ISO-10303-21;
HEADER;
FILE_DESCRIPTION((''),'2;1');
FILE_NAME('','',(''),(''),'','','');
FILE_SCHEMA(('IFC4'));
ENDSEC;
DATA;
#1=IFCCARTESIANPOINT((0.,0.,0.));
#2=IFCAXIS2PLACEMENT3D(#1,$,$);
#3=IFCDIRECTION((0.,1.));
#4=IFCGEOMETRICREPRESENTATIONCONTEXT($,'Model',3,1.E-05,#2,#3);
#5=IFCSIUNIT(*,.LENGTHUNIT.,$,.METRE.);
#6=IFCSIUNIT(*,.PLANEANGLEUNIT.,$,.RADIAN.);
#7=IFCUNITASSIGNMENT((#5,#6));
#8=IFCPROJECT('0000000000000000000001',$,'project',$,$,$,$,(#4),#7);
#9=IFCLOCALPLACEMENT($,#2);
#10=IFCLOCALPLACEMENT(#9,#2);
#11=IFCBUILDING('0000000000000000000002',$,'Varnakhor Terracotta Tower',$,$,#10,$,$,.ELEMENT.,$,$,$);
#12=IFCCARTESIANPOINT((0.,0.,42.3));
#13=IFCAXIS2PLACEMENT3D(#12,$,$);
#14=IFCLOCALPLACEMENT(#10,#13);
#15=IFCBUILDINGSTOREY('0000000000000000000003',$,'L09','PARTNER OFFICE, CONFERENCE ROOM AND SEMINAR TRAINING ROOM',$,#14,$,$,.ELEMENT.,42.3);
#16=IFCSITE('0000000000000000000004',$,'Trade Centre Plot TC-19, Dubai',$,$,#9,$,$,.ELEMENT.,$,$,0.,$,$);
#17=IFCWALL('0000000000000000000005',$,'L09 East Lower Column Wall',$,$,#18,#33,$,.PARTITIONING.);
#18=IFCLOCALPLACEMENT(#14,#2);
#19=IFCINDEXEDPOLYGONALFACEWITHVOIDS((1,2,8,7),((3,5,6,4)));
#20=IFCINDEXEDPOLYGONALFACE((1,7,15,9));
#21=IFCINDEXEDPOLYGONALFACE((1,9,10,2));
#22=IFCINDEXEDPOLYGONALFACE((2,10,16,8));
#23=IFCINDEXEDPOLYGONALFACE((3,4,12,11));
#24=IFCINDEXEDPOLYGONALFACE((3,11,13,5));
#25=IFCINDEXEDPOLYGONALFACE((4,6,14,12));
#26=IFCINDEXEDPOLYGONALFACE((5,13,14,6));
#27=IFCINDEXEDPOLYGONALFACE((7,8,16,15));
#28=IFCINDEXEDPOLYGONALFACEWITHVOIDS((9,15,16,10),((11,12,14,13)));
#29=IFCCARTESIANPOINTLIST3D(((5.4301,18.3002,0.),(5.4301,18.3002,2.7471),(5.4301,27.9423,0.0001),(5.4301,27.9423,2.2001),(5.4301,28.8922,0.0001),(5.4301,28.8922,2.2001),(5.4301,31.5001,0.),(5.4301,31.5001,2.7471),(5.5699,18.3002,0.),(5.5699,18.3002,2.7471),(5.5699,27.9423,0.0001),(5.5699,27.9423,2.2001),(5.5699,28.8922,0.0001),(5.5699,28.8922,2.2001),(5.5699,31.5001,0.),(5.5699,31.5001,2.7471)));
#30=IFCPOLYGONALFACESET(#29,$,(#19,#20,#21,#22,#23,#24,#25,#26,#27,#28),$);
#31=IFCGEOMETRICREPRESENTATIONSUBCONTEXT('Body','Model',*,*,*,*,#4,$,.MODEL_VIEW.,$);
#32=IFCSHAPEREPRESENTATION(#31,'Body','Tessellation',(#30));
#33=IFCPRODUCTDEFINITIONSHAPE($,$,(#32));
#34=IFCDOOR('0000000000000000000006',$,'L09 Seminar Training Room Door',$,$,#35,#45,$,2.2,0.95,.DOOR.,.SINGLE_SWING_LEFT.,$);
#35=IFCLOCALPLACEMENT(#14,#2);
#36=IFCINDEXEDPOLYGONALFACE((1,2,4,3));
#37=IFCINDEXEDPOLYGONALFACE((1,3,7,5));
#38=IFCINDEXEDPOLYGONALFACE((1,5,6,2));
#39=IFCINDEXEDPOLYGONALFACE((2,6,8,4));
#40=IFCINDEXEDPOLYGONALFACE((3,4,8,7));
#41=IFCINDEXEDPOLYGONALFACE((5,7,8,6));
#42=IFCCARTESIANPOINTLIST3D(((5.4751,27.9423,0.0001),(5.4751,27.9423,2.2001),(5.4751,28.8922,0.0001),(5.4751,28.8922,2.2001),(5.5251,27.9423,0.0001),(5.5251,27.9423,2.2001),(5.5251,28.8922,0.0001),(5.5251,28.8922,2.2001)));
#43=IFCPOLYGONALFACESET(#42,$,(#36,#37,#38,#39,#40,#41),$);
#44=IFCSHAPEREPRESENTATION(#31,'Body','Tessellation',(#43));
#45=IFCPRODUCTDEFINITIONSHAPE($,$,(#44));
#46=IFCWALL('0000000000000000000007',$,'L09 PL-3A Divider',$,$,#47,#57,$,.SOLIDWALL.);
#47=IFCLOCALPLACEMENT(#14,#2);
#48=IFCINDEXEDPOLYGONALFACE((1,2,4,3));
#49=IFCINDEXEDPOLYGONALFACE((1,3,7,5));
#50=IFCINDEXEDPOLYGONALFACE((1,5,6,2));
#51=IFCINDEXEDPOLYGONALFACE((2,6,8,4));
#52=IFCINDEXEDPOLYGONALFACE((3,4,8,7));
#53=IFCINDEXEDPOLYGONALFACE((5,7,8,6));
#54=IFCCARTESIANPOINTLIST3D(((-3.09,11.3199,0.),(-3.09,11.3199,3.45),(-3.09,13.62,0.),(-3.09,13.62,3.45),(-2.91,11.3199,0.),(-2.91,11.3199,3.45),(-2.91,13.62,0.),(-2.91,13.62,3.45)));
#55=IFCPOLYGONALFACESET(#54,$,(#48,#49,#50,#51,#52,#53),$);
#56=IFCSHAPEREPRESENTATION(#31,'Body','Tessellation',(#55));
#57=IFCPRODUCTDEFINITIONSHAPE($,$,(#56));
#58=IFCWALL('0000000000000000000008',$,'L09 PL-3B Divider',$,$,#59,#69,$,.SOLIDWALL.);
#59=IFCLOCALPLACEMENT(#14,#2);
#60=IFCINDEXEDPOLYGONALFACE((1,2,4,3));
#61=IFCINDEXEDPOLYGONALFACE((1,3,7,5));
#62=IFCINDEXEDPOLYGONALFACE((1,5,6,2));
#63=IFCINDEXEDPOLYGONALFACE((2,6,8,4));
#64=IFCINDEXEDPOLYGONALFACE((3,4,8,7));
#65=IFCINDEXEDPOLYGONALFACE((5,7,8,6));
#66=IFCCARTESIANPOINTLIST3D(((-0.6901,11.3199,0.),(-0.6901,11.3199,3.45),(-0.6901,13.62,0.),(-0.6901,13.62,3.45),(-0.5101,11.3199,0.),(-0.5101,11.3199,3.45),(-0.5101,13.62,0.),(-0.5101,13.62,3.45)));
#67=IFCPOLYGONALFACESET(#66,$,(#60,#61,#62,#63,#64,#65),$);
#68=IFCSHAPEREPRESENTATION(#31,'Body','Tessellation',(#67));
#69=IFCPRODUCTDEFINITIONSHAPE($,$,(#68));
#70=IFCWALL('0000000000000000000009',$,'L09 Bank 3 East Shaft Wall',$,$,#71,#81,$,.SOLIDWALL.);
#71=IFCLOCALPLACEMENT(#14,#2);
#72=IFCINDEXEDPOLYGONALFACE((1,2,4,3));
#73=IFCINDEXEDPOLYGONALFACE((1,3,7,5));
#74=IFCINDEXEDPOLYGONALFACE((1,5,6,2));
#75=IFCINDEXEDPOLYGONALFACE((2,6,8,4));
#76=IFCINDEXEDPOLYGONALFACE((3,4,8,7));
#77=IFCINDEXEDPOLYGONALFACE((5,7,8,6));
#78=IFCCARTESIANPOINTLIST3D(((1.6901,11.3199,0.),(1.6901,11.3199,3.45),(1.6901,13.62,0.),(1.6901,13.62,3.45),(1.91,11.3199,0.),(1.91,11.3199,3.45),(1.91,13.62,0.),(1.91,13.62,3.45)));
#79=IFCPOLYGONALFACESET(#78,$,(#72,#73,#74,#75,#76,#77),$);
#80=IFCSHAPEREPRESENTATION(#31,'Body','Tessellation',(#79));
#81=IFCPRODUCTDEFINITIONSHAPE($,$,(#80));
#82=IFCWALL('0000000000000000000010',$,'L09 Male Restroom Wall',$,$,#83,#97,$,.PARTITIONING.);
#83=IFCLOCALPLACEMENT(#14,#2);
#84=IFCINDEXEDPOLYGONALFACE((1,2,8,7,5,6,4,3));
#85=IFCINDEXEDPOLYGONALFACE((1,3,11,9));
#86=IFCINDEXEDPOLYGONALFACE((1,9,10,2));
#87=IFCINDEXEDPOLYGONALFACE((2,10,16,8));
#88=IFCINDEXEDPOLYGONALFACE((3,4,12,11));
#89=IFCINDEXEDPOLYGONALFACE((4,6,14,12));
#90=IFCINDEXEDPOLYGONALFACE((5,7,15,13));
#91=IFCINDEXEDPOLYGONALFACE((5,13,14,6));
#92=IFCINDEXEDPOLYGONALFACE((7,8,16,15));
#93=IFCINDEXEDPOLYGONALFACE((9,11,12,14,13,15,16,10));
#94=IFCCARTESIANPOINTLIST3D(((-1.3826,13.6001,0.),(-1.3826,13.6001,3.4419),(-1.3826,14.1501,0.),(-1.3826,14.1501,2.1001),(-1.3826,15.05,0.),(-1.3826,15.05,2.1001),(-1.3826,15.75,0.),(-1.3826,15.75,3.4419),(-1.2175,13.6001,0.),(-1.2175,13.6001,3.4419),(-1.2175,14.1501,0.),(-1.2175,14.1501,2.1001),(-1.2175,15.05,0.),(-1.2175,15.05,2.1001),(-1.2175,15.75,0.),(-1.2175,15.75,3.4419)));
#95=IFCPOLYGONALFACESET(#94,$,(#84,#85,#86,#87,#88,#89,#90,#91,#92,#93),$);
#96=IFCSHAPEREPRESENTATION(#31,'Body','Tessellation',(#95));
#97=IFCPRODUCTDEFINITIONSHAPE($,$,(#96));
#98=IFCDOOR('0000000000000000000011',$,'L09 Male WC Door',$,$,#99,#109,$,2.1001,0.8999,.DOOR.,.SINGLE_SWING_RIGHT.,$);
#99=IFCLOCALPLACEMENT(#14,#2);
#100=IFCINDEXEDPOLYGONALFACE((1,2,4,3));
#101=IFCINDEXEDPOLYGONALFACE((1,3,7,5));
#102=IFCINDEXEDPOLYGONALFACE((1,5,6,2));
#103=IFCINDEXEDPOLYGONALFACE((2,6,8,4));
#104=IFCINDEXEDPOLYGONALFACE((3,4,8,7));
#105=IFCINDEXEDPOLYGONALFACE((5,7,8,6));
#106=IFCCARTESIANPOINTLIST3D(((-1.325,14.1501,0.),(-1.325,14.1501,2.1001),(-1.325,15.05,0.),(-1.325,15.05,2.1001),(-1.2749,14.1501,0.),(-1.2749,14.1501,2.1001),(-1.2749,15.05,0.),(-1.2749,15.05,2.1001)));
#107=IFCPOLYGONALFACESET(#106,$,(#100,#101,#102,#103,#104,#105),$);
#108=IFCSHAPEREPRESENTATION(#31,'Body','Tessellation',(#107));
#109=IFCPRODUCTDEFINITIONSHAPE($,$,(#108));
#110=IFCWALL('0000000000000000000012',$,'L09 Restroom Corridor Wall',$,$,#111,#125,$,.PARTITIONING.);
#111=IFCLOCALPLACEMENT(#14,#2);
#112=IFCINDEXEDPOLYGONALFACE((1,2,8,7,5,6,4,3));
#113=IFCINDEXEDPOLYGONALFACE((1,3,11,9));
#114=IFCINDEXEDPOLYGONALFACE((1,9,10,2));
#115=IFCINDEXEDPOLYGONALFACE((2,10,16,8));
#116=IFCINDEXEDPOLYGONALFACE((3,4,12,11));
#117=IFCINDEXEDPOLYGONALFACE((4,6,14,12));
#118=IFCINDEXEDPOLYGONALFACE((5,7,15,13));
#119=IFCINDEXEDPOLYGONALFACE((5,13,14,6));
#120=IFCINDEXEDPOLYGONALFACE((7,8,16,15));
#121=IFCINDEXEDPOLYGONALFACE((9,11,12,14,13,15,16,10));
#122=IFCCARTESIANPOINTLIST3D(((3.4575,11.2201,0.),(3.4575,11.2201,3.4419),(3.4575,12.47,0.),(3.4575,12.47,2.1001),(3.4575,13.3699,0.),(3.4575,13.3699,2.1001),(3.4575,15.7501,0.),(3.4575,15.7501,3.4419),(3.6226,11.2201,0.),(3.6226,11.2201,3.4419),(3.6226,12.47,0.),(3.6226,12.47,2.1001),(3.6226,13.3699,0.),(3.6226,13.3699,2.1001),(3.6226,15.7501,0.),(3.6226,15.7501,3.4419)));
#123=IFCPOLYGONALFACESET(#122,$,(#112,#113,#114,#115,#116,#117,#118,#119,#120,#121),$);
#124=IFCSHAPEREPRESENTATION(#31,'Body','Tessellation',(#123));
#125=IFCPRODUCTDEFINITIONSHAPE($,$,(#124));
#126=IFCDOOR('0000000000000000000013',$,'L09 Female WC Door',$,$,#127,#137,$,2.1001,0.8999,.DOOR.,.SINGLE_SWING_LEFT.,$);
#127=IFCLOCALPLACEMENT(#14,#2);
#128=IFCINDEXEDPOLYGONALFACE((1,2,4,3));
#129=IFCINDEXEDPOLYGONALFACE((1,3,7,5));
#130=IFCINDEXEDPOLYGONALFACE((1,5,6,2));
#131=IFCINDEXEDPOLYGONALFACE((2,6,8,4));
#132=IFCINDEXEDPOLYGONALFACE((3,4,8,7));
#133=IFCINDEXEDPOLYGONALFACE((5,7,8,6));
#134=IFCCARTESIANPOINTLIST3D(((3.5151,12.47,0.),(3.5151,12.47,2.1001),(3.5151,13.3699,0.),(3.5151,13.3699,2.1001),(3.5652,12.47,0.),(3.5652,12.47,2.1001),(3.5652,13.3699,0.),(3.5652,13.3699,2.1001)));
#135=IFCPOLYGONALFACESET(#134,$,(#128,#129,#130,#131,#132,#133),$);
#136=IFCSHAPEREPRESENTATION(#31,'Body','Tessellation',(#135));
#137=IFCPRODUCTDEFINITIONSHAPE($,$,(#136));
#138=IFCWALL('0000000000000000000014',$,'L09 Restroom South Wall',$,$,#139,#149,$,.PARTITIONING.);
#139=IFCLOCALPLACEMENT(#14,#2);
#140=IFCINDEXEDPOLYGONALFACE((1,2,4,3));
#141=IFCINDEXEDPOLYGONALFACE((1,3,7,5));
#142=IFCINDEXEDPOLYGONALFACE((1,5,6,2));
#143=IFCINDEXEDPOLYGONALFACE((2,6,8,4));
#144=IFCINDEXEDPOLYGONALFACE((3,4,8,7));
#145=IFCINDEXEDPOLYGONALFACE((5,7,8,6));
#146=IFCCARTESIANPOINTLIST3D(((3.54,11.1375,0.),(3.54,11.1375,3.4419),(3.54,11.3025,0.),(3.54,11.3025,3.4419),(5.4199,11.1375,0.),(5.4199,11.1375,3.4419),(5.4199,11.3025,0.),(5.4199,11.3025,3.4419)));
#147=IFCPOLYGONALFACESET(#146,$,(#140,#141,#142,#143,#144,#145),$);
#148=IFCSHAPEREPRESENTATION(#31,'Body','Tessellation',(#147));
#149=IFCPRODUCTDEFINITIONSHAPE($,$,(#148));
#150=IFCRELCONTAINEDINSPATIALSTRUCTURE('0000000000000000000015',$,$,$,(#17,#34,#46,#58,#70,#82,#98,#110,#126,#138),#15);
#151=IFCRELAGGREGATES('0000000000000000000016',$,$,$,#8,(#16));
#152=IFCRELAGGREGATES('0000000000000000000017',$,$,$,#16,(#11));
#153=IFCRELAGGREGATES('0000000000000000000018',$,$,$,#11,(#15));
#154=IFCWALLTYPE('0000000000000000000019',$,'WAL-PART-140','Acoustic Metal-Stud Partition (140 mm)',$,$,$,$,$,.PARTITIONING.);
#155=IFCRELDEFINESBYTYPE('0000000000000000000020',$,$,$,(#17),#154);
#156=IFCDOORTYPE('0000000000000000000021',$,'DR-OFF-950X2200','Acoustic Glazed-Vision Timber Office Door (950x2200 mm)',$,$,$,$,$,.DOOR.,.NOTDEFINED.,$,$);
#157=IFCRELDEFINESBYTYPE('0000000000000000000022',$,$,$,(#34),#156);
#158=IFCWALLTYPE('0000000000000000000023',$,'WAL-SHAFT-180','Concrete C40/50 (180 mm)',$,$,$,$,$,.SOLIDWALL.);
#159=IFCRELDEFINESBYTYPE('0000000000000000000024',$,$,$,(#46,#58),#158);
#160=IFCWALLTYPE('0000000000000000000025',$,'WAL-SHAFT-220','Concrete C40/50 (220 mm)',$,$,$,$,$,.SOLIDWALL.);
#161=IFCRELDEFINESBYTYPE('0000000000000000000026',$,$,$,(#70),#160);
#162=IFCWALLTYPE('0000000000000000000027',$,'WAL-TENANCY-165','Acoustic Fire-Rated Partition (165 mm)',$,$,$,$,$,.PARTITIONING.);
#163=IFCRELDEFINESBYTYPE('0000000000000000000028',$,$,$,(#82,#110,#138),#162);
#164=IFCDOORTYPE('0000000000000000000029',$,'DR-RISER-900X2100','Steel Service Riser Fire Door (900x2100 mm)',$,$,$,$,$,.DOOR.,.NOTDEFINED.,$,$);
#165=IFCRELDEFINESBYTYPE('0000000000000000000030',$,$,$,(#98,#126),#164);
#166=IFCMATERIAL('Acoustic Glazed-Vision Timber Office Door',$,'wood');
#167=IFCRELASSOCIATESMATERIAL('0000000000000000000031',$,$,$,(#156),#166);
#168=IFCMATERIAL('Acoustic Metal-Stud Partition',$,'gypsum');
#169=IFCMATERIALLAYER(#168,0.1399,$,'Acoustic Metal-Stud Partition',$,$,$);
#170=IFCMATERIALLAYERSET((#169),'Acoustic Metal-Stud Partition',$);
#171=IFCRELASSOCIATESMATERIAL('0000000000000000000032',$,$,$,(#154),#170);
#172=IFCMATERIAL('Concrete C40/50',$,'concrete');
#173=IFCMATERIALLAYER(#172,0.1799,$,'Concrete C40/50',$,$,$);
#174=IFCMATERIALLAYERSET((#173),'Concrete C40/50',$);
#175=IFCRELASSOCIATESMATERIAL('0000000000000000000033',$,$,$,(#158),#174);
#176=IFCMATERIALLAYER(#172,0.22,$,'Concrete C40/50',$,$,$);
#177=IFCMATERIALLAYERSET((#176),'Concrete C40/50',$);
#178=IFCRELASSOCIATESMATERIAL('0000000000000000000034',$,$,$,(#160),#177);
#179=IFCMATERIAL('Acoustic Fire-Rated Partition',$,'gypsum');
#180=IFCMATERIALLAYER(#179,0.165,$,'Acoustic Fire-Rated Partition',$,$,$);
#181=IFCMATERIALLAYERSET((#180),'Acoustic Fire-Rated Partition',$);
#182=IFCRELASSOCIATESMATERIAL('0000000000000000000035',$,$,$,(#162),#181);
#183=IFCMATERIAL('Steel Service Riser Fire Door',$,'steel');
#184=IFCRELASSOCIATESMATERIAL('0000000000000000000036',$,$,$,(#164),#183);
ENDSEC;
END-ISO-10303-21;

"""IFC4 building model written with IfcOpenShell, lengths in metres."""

from ifc_helpers import new_model, si_unit, direction, frame, frame_2d, origin, place, context, subcontext, project, spatial, rectangle, extrude, source, transform, mapped, material, layer, layer_set, type_object, type_shapes, element, fill, save


model = new_model("IFC4")

# Units and contexts
model_context = context("Model", 3, precision=1e-05, world=origin(), true_north=direction((0.0, 1.0)))
body_context = subcontext(model_context, "Body", "Model", "MODEL_VIEW")
ifc_project = project(units=[si_unit("LENGTHUNIT", "METRE"), si_unit("PLANEANGLEUNIT", "RADIAN")], contexts=[model_context])

# Site, building, storey
site_placement = place(None, origin())
site = spatial("IfcSite", under=ifc_project, at=site_placement, Name="Trade Centre Plot TC-19, Dubai", CompositionType="ELEMENT", RefElevation=0.0)
building_placement = place(site_placement, origin())
building = spatial("IfcBuilding", under=site, at=building_placement, Name="Varnakhor Terracotta Tower", CompositionType="ELEMENT")
storey_placement = place(building_placement, frame((0.0, 0.0, 42.3)))
storey = spatial("IfcBuildingStorey", under=building, at=storey_placement, Name="L09", Description="PARTNER OFFICE, CONFERENCE ROOM AND SEMINAR TRAINING ROOM", CompositionType="ELEMENT", Elevation=42.3)

# Shared definitions
ifc_material_1 = material(Name="Acoustic Glazed-Vision Timber Office Door", Category="wood")
door_type_1 = type_object("IfcDoorType", Name="DR-OFF-950X2200", Description="Acoustic Glazed-Vision Timber Office Door (950x2200 mm)", OperationType="NOTDEFINED", PredefinedType="DOOR", material=ifc_material_1)
shared_shape_1 = source(origin(), body_context, "Body", "SweptSolid", [
    extrude(rectangle(XDim=0.95, YDim=2.2, at=frame_2d((0.4751, 1.1001))), frame((0.0, 0.0249, 0.0), z_axis=(0.0, -1.0, 0.0), x_axis=(1.0, 0.0, 0.0)), (0.0, 0.0, 1.0), 0.05),
])
type_shapes(door_type_1, [shared_shape_1])

# Wall, opening, door
ifc_material_2 = material(Name="Acoustic Metal-Stud Partition", Category="gypsum")
ifc_layer_1 = layer(ifc_material_2, 0.1399, Name="Acoustic Metal-Stud Partition")
ifc_layer_set_1 = layer_set([ifc_layer_1], Name="Acoustic Metal-Stud Partition")
wall_type_1 = type_object("IfcWallType", Name="WAL-PART-140", Description="Acoustic Metal-Stud Partition (140 mm)", PredefinedType="PARTITIONING", material=ifc_layer_set_1)
wall_1_placement = place(storey_placement, frame((5.5, 18.3, 0.0), z_axis=(0.0, 0.0, 1.0), x_axis=(0.0, 1.0, 0.0)))
wall_1 = element("IfcWall", 1, at=wall_1_placement, inside=storey, type_object=wall_type_1, Name="L09 East Lower Column Wall", PredefinedType="PARTITIONING", context=body_context, shape_type="SweptSolid", body=[
    extrude(rectangle(XDim=13.2, YDim=0.1399, at=frame_2d((6.6001, 0.0))), origin(), (0.0, 0.0, 1.0), 2.7471),
])
opening_1_placement = place(wall_1_placement, frame((9.6421, 0.0, 0.0)))
opening_1 = element("IfcOpeningElement", 2, at=opening_1_placement, cuts=wall_1, PredefinedType="OPENING", context=body_context, shape_type="SweptSolid", body=[
    extrude(rectangle(XDim=0.95, YDim=2.2, at=frame_2d((0.4751, 1.1001))), frame((0.0, 0.0801, 0.0), z_axis=(0.0, -1.0, 0.0), x_axis=(1.0, 0.0, 0.0)), (0.0, 0.0, 1.0), 0.1599),
])
door_1_placement = place(opening_1_placement, origin())
door_1 = element("IfcDoor", 3, at=door_1_placement, inside=storey, type_object=door_type_1, Name="L09 Seminar Training Room Door", OperationType="SINGLE_SWING_LEFT", OverallHeight=2.2, OverallWidth=0.95, PredefinedType="DOOR", context=body_context, shape_type="MappedRepresentation", body=[
    mapped(shared_shape_1, transform((0.0, 0.0, 0.0), scale=1.0)),
])
fill(opening_1, door_1)

# Walls
ifc_material_3 = material(Name="Concrete C40/50", Category="concrete")
ifc_layer_2 = layer(ifc_material_3, 0.1799, Name="Concrete C40/50")
ifc_layer_set_2 = layer_set([ifc_layer_2], Name="Concrete C40/50")
wall_type_2 = type_object("IfcWallType", Name="WAL-SHAFT-180", Description="Concrete C40/50 (180 mm)", PredefinedType="SOLIDWALL", material=ifc_layer_set_2)
for number, where, z_axis, x_axis, name in (
    (4, (-3.0, 11.3201, 0.0), (0.0, 0.0, 1.0), (0.0, 1.0, 0.0), "L09 PL-3A Divider"),
    (5, (-0.6001, 11.3201, 0.0), (0.0, 0.0, 1.0), (0.0, 1.0, 0.0), "L09 PL-3B Divider"),
):
    element("IfcWall", number, at=place(storey_placement, frame(where, z_axis=z_axis, x_axis=x_axis)), inside=storey, type_object=wall_type_2, Name=name, PredefinedType="SOLIDWALL", context=body_context, shape_type="SweptSolid", body=[
        extrude(rectangle(XDim=2.3, YDim=0.1799, at=frame_2d((1.1499, 0.0))), origin(), (0.0, 0.0, 1.0), 3.45),
    ])
ifc_layer_3 = layer(ifc_material_3, 0.22, Name="Concrete C40/50")
ifc_layer_set_3 = layer_set([ifc_layer_3], Name="Concrete C40/50")
wall_type_3 = type_object("IfcWallType", Name="WAL-SHAFT-220", Description="Concrete C40/50 (220 mm)", PredefinedType="SOLIDWALL", material=ifc_layer_set_3)
wall_2_placement = place(storey_placement, frame((1.8, 11.3201, 0.0), z_axis=(0.0, 0.0, 1.0), x_axis=(0.0, 1.0, 0.0)))
element("IfcWall", 6, at=wall_2_placement, inside=storey, type_object=wall_type_3, Name="L09 Bank 3 East Shaft Wall", PredefinedType="SOLIDWALL", context=body_context, shape_type="SweptSolid", body=[
    extrude(rectangle(XDim=2.3, YDim=0.22, at=frame_2d((1.1499, 0.0))), origin(), (0.0, 0.0, 1.0), 3.45),
])

# Walls, openings, doors
ifc_material_4 = material(Name="Acoustic Fire-Rated Partition", Category="gypsum")
ifc_layer_4 = layer(ifc_material_4, 0.165, Name="Acoustic Fire-Rated Partition")
ifc_layer_set_4 = layer_set([ifc_layer_4], Name="Acoustic Fire-Rated Partition")
wall_type_4 = type_object("IfcWallType", Name="WAL-TENANCY-165", Description="Acoustic Fire-Rated Partition (165 mm)", PredefinedType="PARTITIONING", material=ifc_layer_set_4)
wall_3_placement = place(storey_placement, frame((-1.3, 13.6001, 0.0), z_axis=(0.0, 0.0, 1.0), x_axis=(0.0, 1.0, 0.0)))
wall_3 = element("IfcWall", 7, at=wall_3_placement, inside=storey, type_object=wall_type_4, Name="L09 Male Restroom Wall", PredefinedType="PARTITIONING", context=body_context, shape_type="SweptSolid", body=[
    extrude(rectangle(XDim=2.1499, YDim=0.165, at=frame_2d((1.075, 0.0))), origin(), (0.0, 0.0, 1.0), 3.4419),
])
opening_2_placement = place(wall_3_placement, frame((0.55, 0.0, 0.0)))
opening_2 = element("IfcOpeningElement", 8, at=opening_2_placement, cuts=wall_3, PredefinedType="OPENING", context=body_context, shape_type="SweptSolid", body=[
    extrude(rectangle(XDim=0.8999, YDim=2.1001, at=frame_2d((0.45, 1.05))), frame((0.0, 0.0925, 0.0), z_axis=(0.0, -1.0, 0.0), x_axis=(1.0, 0.0, 0.0)), (0.0, 0.0, 1.0), 0.1851),
])
ifc_material_5 = material(Name="Steel Service Riser Fire Door", Category="steel")
door_type_2 = type_object("IfcDoorType", Name="DR-RISER-900X2100", Description="Steel Service Riser Fire Door (900x2100 mm)", OperationType="NOTDEFINED", PredefinedType="DOOR", material=ifc_material_5)
shared_shape_2 = source(origin(), body_context, "Body", "SweptSolid", [
    extrude(rectangle(XDim=0.8999, YDim=2.1001, at=frame_2d((0.45, 1.05))), frame((0.0, 0.0249, 0.0), z_axis=(0.0, -1.0, 0.0), x_axis=(1.0, 0.0, 0.0)), (0.0, 0.0, 1.0), 0.05),
])
type_shapes(door_type_2, [shared_shape_2])
door_2_placement = place(opening_2_placement, origin())
door_2 = element("IfcDoor", 9, at=door_2_placement, inside=storey, type_object=door_type_2, Name="L09 Male WC Door", OperationType="SINGLE_SWING_RIGHT", OverallHeight=2.1001, OverallWidth=0.8999, PredefinedType="DOOR", context=body_context, shape_type="MappedRepresentation", body=[
    mapped(shared_shape_2, transform((0.0, 0.0, 0.0), scale=1.0)),
])
fill(opening_2, door_2)
wall_4_placement = place(storey_placement, frame((3.54, 11.22, 0.0), z_axis=(0.0, 0.0, 1.0), x_axis=(0.0, 1.0, 0.0)))
wall_4 = element("IfcWall", 10, at=wall_4_placement, inside=storey, type_object=wall_type_4, Name="L09 Restroom Corridor Wall", PredefinedType="PARTITIONING", context=body_context, shape_type="SweptSolid", body=[
    extrude(rectangle(XDim=4.53, YDim=0.165, at=frame_2d((2.2651, 0.0))), origin(), (0.0, 0.0, 1.0), 3.4419),
])
opening_3_placement = place(wall_4_placement, frame((1.25, 0.0, 0.0)))
opening_3 = element("IfcOpeningElement", 11, at=opening_3_placement, cuts=wall_4, PredefinedType="OPENING", context=body_context, shape_type="SweptSolid", body=[
    extrude(rectangle(XDim=0.8999, YDim=2.1001, at=frame_2d((0.45, 1.05))), frame((0.0, 0.0925, 0.0), z_axis=(0.0, -1.0, 0.0), x_axis=(1.0, 0.0, 0.0)), (0.0, 0.0, 1.0), 0.1851),
])
door_3_placement = place(opening_3_placement, origin())
door_3 = element("IfcDoor", 12, at=door_3_placement, inside=storey, type_object=door_type_2, Name="L09 Female WC Door", OperationType="SINGLE_SWING_LEFT", OverallHeight=2.1001, OverallWidth=0.8999, PredefinedType="DOOR", context=body_context, shape_type="MappedRepresentation", body=[
    mapped(shared_shape_2, transform((0.0, 0.0, 0.0), scale=1.0)),
])
fill(opening_3, door_3)

# Wall
wall_5_placement = place(storey_placement, frame((3.54, 11.22, 0.0), z_axis=(0.0, 0.0, 1.0), x_axis=(1.0, 0.0, 0.0)))
element("IfcWall", 13, at=wall_5_placement, inside=storey, type_object=wall_type_4, Name="L09 Restroom South Wall", PredefinedType="PARTITIONING", context=body_context, shape_type="SweptSolid", body=[
    extrude(rectangle(XDim=1.8799, YDim=0.165, at=frame_2d((0.9399, 0.0))), origin(), (0.0, 0.0, 1.0), 3.4419),
])

save(model, "model.ifc")
